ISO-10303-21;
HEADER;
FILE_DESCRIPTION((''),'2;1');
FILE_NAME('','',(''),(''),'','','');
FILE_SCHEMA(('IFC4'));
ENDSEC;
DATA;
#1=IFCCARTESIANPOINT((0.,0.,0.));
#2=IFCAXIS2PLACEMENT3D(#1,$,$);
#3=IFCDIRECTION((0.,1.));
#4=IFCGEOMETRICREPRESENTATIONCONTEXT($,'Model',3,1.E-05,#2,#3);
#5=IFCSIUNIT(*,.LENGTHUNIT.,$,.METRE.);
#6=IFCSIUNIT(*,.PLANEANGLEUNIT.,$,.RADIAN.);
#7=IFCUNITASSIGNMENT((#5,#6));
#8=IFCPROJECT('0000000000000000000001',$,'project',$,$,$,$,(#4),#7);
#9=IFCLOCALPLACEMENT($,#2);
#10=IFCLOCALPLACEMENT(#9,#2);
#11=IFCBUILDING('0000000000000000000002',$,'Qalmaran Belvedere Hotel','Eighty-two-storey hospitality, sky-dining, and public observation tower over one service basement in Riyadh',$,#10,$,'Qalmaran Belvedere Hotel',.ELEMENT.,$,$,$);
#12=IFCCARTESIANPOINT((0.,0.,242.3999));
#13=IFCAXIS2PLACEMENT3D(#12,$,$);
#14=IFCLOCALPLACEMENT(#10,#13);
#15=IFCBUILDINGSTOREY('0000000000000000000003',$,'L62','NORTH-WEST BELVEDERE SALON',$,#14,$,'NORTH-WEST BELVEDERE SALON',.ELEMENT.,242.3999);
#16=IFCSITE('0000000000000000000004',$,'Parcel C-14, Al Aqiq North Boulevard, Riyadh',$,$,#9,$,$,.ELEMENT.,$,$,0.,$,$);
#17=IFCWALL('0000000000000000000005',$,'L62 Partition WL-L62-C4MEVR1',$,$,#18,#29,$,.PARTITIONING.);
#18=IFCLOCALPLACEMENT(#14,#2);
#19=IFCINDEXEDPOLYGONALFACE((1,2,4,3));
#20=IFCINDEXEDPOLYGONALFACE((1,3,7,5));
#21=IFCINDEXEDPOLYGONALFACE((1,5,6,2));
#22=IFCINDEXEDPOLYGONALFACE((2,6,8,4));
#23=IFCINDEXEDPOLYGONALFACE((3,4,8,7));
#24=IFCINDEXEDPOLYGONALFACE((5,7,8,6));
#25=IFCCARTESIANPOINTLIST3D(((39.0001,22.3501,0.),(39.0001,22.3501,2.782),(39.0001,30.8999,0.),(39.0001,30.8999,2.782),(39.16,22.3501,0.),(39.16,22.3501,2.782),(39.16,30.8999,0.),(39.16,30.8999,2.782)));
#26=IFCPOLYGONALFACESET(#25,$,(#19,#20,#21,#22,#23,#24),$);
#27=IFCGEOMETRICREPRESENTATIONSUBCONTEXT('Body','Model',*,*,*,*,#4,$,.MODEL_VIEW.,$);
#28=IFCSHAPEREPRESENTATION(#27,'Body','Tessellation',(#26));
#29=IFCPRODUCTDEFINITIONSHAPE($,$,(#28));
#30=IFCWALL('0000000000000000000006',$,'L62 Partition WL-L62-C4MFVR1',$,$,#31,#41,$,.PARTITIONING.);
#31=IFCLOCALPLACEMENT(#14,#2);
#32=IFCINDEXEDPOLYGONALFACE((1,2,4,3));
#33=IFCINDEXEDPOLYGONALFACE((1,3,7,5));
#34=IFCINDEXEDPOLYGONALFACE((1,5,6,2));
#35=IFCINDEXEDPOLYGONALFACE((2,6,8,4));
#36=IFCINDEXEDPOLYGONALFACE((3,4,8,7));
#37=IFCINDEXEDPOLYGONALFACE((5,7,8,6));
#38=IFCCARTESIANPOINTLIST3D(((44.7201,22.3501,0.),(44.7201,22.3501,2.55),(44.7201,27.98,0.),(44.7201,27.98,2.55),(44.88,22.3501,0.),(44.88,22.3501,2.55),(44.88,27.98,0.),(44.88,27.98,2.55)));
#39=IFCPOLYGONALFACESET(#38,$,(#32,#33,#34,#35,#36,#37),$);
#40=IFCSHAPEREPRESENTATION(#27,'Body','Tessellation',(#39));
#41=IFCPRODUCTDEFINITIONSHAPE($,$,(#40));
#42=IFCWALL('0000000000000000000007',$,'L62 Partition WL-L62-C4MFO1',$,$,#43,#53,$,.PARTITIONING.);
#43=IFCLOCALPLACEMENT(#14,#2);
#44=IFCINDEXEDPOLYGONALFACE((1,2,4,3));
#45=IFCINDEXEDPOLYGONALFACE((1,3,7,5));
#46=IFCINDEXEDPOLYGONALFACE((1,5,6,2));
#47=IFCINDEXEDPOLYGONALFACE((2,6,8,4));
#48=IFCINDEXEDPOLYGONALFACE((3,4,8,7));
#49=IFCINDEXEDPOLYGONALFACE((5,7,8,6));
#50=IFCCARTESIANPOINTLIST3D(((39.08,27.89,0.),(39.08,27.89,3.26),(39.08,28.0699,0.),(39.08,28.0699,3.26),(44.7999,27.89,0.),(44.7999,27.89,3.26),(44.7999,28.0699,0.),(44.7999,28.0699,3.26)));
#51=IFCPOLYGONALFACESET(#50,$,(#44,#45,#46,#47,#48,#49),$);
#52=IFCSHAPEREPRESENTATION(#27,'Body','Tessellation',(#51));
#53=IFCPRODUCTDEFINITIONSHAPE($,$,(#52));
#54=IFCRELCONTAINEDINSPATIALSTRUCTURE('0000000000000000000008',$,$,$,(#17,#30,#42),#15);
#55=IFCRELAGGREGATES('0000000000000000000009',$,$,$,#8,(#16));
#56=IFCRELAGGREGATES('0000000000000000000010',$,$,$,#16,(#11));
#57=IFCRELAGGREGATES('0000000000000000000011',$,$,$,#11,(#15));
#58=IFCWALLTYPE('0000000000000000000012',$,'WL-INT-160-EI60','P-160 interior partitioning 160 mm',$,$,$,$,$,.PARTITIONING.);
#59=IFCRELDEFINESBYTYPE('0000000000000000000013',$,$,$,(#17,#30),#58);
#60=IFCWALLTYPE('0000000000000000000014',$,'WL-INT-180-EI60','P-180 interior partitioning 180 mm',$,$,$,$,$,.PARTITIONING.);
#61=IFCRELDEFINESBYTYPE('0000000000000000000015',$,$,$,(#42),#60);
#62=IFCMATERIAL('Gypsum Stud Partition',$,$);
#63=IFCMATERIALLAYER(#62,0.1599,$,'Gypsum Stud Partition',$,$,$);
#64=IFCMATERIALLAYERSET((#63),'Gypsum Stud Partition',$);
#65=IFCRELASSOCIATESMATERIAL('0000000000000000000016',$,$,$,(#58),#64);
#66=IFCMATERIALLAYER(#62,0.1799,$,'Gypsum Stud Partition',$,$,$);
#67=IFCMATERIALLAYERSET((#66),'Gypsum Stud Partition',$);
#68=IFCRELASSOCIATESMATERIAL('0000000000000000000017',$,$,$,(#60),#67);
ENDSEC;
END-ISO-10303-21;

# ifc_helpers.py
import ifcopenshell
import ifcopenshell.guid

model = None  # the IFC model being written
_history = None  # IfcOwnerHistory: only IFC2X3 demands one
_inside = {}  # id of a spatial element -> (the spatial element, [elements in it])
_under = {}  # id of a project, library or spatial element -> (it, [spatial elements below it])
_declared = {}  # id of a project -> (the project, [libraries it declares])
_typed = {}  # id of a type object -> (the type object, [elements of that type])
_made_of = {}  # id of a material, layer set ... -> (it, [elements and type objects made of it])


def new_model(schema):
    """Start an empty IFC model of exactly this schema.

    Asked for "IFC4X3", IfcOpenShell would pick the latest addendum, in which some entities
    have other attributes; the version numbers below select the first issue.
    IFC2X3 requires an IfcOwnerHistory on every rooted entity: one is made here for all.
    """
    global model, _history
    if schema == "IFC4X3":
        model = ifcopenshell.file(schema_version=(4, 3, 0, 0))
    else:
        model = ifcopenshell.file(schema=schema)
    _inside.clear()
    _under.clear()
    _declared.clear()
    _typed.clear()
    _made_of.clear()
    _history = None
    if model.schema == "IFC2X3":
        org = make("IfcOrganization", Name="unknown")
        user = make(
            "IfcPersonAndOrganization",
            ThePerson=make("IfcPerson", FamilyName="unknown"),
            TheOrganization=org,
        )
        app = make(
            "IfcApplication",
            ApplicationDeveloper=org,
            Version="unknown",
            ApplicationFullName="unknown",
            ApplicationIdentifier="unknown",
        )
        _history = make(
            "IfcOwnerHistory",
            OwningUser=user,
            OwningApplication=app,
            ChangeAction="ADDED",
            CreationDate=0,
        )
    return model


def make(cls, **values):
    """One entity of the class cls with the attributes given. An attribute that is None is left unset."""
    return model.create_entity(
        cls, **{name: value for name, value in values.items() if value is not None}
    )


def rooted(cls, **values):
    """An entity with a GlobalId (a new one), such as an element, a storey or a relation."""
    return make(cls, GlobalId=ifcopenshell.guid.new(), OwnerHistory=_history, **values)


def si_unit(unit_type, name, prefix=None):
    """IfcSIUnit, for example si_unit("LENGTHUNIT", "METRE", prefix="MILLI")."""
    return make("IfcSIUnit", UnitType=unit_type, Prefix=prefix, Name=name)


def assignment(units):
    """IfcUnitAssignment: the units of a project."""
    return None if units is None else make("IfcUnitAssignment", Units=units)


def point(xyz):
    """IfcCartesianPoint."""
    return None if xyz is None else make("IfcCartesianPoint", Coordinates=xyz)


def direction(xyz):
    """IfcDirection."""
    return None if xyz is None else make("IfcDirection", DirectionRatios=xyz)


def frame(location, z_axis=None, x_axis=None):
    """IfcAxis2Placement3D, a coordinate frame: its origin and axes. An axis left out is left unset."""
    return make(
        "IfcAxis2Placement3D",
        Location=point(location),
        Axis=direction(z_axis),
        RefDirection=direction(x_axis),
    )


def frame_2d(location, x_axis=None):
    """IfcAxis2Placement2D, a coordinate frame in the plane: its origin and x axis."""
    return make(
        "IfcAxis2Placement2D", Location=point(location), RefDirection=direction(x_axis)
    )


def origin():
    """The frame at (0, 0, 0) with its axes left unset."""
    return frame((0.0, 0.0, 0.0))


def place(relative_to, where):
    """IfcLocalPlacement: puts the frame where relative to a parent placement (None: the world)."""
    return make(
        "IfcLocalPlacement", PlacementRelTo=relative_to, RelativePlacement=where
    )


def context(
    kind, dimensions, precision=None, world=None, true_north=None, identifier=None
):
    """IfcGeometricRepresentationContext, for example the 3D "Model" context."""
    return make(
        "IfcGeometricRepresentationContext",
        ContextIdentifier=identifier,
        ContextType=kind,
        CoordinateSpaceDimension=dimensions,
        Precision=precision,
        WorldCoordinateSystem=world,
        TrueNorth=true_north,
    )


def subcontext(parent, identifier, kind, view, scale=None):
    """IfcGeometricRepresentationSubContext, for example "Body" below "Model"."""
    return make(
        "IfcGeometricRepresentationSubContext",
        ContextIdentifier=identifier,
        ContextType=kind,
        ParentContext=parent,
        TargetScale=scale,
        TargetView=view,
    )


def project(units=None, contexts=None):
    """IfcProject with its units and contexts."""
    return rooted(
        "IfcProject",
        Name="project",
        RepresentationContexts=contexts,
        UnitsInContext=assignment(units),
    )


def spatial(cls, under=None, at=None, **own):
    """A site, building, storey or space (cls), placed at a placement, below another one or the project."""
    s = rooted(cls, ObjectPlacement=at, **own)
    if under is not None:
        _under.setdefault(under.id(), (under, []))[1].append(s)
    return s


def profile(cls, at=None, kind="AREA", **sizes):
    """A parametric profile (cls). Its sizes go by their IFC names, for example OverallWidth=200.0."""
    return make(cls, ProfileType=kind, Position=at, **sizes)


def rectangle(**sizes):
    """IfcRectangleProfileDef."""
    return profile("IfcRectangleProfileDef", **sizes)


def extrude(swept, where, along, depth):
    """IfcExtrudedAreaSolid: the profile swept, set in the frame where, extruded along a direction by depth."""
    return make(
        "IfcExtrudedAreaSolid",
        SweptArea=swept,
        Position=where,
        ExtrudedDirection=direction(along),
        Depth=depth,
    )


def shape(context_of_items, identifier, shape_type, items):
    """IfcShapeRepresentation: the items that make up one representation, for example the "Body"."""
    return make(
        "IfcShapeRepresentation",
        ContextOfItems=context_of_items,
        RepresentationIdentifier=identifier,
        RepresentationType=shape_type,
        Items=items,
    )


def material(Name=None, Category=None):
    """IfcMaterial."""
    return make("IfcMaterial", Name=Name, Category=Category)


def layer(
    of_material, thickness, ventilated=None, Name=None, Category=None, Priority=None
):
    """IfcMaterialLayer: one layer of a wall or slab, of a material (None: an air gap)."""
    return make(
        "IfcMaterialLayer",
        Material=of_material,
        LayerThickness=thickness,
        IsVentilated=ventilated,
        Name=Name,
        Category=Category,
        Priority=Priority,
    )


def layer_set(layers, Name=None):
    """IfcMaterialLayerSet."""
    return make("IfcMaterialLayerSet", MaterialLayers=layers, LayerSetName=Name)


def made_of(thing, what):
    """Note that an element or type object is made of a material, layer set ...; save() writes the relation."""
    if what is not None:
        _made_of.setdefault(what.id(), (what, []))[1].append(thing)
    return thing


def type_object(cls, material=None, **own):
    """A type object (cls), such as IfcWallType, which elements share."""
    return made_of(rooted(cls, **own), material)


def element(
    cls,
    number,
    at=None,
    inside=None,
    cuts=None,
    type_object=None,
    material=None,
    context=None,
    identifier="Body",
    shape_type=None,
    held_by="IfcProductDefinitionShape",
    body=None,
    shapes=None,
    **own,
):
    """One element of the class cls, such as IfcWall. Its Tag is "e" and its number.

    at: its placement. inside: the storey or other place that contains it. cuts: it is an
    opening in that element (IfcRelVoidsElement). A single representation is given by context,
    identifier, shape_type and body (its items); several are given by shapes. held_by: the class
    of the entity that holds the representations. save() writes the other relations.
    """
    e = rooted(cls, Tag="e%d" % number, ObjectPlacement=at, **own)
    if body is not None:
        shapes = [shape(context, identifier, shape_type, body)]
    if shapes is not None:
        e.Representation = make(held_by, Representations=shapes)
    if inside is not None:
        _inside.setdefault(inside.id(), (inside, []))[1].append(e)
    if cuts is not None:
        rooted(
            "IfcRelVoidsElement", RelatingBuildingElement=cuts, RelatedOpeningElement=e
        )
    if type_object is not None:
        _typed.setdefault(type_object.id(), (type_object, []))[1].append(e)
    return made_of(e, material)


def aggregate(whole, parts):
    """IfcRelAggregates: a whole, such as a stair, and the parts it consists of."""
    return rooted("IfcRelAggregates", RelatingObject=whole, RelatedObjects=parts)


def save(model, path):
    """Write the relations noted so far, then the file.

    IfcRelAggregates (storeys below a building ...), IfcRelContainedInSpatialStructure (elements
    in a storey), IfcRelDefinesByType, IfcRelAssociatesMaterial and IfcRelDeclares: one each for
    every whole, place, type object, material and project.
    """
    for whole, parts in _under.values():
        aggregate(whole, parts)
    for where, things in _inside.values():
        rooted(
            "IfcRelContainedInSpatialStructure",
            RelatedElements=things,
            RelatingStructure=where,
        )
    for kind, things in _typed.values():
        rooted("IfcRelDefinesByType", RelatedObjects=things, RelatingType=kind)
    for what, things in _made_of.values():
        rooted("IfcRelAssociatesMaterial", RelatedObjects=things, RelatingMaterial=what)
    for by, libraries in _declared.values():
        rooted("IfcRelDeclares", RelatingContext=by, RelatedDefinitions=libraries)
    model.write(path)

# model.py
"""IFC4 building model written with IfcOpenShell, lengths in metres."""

from ifc_helpers import new_model, si_unit, direction, frame, frame_2d, origin, place, context, subcontext, project, spatial, rectangle, extrude, material, layer, layer_set, type_object, element, save


model = new_model("IFC4")

# Units and contexts
model_context = context("Model", 3, precision=1e-05, world=origin(), true_north=direction((0.0, 1.0)))
body_context = subcontext(model_context, "Body", "Model", "MODEL_VIEW")
ifc_project = project(units=[si_unit("LENGTHUNIT", "METRE"), si_unit("PLANEANGLEUNIT", "RADIAN")], contexts=[model_context])

# Site, building, storey
site_placement = place(None, origin())
site = spatial("IfcSite", under=ifc_project, at=site_placement, Name="Parcel C-14, Al Aqiq North Boulevard, Riyadh", CompositionType="ELEMENT", RefElevation=0.0)
building_placement = place(site_placement, origin())
building = spatial("IfcBuilding", under=site, at=building_placement, Name="Qalmaran Belvedere Hotel", Description="Eighty-two-storey hospitality, sky-dining, and public observation tower over one service basement in Riyadh", LongName="Qalmaran Belvedere Hotel", CompositionType="ELEMENT")
storey_placement = place(building_placement, frame((0.0, 0.0, 242.3999)))
storey = spatial("IfcBuildingStorey", under=building, at=storey_placement, Name="L62", Description="NORTH-WEST BELVEDERE SALON", LongName="NORTH-WEST BELVEDERE SALON", CompositionType="ELEMENT", Elevation=242.3999)

# Shared definitions
ifc_material_1 = material(Name="Gypsum Stud Partition")
ifc_layer_1 = layer(ifc_material_1, 0.1599, Name="Gypsum Stud Partition")
ifc_layer_set_1 = layer_set([ifc_layer_1], Name="Gypsum Stud Partition")
wall_type_1 = type_object("IfcWallType", Name="WL-INT-160-EI60", Description="P-160 interior partitioning 160 mm", PredefinedType="PARTITIONING", material=ifc_layer_set_1)

# Walls
wall_1_placement = place(storey_placement, frame((39.0801, 22.3501, 0.0), z_axis=(0.0, 0.0, 1.0), x_axis=(0.0, 1.0, 0.0)))
element("IfcWall", 1, at=wall_1_placement, inside=storey, type_object=wall_type_1, Name="L62 Partition WL-L62-C4MEVR1", PredefinedType="PARTITIONING", context=body_context, shape_type="SweptSolid", body=[
    extrude(rectangle(XDim=8.5498, YDim=0.1599, at=frame_2d((4.2749, 0.0))), origin(), (0.0, 0.0, 1.0), 2.782),
])
wall_2_placement = place(storey_placement, frame((44.8, 22.3501, 0.0), z_axis=(0.0, 0.0, 1.0), x_axis=(0.0, 1.0, 0.0)))
element("IfcWall", 2, at=wall_2_placement, inside=storey, type_object=wall_type_1, Name="L62 Partition WL-L62-C4MFVR1", PredefinedType="PARTITIONING", context=body_context, shape_type="SweptSolid", body=[
    extrude(rectangle(XDim=5.6299, YDim=0.1599, at=frame_2d((2.8149, 0.0))), origin(), (0.0, 0.0, 1.0), 2.55),
])

# Shared definitions
ifc_layer_2 = layer(ifc_material_1, 0.1799, Name="Gypsum Stud Partition")
ifc_layer_set_2 = layer_set([ifc_layer_2], Name="Gypsum Stud Partition")
wall_type_2 = type_object("IfcWallType", Name="WL-INT-180-EI60", Description="P-180 interior partitioning 180 mm", PredefinedType="PARTITIONING", material=ifc_layer_set_2)

# Wall
wall_3_placement = place(storey_placement, frame((39.0801, 27.98, 0.0), z_axis=(0.0, 0.0, 1.0), x_axis=(1.0, 0.0, 0.0)))
element("IfcWall", 3, at=wall_3_placement, inside=storey, type_object=wall_type_2, Name="L62 Partition WL-L62-C4MFO1", PredefinedType="PARTITIONING", context=body_context, shape_type="SweptSolid", body=[
    extrude(rectangle(XDim=5.72, YDim=0.1799, at=frame_2d((2.8599, 0.0))), origin(), (0.0, 0.0, 1.0), 3.26),
])

save(model, "model.ifc")
